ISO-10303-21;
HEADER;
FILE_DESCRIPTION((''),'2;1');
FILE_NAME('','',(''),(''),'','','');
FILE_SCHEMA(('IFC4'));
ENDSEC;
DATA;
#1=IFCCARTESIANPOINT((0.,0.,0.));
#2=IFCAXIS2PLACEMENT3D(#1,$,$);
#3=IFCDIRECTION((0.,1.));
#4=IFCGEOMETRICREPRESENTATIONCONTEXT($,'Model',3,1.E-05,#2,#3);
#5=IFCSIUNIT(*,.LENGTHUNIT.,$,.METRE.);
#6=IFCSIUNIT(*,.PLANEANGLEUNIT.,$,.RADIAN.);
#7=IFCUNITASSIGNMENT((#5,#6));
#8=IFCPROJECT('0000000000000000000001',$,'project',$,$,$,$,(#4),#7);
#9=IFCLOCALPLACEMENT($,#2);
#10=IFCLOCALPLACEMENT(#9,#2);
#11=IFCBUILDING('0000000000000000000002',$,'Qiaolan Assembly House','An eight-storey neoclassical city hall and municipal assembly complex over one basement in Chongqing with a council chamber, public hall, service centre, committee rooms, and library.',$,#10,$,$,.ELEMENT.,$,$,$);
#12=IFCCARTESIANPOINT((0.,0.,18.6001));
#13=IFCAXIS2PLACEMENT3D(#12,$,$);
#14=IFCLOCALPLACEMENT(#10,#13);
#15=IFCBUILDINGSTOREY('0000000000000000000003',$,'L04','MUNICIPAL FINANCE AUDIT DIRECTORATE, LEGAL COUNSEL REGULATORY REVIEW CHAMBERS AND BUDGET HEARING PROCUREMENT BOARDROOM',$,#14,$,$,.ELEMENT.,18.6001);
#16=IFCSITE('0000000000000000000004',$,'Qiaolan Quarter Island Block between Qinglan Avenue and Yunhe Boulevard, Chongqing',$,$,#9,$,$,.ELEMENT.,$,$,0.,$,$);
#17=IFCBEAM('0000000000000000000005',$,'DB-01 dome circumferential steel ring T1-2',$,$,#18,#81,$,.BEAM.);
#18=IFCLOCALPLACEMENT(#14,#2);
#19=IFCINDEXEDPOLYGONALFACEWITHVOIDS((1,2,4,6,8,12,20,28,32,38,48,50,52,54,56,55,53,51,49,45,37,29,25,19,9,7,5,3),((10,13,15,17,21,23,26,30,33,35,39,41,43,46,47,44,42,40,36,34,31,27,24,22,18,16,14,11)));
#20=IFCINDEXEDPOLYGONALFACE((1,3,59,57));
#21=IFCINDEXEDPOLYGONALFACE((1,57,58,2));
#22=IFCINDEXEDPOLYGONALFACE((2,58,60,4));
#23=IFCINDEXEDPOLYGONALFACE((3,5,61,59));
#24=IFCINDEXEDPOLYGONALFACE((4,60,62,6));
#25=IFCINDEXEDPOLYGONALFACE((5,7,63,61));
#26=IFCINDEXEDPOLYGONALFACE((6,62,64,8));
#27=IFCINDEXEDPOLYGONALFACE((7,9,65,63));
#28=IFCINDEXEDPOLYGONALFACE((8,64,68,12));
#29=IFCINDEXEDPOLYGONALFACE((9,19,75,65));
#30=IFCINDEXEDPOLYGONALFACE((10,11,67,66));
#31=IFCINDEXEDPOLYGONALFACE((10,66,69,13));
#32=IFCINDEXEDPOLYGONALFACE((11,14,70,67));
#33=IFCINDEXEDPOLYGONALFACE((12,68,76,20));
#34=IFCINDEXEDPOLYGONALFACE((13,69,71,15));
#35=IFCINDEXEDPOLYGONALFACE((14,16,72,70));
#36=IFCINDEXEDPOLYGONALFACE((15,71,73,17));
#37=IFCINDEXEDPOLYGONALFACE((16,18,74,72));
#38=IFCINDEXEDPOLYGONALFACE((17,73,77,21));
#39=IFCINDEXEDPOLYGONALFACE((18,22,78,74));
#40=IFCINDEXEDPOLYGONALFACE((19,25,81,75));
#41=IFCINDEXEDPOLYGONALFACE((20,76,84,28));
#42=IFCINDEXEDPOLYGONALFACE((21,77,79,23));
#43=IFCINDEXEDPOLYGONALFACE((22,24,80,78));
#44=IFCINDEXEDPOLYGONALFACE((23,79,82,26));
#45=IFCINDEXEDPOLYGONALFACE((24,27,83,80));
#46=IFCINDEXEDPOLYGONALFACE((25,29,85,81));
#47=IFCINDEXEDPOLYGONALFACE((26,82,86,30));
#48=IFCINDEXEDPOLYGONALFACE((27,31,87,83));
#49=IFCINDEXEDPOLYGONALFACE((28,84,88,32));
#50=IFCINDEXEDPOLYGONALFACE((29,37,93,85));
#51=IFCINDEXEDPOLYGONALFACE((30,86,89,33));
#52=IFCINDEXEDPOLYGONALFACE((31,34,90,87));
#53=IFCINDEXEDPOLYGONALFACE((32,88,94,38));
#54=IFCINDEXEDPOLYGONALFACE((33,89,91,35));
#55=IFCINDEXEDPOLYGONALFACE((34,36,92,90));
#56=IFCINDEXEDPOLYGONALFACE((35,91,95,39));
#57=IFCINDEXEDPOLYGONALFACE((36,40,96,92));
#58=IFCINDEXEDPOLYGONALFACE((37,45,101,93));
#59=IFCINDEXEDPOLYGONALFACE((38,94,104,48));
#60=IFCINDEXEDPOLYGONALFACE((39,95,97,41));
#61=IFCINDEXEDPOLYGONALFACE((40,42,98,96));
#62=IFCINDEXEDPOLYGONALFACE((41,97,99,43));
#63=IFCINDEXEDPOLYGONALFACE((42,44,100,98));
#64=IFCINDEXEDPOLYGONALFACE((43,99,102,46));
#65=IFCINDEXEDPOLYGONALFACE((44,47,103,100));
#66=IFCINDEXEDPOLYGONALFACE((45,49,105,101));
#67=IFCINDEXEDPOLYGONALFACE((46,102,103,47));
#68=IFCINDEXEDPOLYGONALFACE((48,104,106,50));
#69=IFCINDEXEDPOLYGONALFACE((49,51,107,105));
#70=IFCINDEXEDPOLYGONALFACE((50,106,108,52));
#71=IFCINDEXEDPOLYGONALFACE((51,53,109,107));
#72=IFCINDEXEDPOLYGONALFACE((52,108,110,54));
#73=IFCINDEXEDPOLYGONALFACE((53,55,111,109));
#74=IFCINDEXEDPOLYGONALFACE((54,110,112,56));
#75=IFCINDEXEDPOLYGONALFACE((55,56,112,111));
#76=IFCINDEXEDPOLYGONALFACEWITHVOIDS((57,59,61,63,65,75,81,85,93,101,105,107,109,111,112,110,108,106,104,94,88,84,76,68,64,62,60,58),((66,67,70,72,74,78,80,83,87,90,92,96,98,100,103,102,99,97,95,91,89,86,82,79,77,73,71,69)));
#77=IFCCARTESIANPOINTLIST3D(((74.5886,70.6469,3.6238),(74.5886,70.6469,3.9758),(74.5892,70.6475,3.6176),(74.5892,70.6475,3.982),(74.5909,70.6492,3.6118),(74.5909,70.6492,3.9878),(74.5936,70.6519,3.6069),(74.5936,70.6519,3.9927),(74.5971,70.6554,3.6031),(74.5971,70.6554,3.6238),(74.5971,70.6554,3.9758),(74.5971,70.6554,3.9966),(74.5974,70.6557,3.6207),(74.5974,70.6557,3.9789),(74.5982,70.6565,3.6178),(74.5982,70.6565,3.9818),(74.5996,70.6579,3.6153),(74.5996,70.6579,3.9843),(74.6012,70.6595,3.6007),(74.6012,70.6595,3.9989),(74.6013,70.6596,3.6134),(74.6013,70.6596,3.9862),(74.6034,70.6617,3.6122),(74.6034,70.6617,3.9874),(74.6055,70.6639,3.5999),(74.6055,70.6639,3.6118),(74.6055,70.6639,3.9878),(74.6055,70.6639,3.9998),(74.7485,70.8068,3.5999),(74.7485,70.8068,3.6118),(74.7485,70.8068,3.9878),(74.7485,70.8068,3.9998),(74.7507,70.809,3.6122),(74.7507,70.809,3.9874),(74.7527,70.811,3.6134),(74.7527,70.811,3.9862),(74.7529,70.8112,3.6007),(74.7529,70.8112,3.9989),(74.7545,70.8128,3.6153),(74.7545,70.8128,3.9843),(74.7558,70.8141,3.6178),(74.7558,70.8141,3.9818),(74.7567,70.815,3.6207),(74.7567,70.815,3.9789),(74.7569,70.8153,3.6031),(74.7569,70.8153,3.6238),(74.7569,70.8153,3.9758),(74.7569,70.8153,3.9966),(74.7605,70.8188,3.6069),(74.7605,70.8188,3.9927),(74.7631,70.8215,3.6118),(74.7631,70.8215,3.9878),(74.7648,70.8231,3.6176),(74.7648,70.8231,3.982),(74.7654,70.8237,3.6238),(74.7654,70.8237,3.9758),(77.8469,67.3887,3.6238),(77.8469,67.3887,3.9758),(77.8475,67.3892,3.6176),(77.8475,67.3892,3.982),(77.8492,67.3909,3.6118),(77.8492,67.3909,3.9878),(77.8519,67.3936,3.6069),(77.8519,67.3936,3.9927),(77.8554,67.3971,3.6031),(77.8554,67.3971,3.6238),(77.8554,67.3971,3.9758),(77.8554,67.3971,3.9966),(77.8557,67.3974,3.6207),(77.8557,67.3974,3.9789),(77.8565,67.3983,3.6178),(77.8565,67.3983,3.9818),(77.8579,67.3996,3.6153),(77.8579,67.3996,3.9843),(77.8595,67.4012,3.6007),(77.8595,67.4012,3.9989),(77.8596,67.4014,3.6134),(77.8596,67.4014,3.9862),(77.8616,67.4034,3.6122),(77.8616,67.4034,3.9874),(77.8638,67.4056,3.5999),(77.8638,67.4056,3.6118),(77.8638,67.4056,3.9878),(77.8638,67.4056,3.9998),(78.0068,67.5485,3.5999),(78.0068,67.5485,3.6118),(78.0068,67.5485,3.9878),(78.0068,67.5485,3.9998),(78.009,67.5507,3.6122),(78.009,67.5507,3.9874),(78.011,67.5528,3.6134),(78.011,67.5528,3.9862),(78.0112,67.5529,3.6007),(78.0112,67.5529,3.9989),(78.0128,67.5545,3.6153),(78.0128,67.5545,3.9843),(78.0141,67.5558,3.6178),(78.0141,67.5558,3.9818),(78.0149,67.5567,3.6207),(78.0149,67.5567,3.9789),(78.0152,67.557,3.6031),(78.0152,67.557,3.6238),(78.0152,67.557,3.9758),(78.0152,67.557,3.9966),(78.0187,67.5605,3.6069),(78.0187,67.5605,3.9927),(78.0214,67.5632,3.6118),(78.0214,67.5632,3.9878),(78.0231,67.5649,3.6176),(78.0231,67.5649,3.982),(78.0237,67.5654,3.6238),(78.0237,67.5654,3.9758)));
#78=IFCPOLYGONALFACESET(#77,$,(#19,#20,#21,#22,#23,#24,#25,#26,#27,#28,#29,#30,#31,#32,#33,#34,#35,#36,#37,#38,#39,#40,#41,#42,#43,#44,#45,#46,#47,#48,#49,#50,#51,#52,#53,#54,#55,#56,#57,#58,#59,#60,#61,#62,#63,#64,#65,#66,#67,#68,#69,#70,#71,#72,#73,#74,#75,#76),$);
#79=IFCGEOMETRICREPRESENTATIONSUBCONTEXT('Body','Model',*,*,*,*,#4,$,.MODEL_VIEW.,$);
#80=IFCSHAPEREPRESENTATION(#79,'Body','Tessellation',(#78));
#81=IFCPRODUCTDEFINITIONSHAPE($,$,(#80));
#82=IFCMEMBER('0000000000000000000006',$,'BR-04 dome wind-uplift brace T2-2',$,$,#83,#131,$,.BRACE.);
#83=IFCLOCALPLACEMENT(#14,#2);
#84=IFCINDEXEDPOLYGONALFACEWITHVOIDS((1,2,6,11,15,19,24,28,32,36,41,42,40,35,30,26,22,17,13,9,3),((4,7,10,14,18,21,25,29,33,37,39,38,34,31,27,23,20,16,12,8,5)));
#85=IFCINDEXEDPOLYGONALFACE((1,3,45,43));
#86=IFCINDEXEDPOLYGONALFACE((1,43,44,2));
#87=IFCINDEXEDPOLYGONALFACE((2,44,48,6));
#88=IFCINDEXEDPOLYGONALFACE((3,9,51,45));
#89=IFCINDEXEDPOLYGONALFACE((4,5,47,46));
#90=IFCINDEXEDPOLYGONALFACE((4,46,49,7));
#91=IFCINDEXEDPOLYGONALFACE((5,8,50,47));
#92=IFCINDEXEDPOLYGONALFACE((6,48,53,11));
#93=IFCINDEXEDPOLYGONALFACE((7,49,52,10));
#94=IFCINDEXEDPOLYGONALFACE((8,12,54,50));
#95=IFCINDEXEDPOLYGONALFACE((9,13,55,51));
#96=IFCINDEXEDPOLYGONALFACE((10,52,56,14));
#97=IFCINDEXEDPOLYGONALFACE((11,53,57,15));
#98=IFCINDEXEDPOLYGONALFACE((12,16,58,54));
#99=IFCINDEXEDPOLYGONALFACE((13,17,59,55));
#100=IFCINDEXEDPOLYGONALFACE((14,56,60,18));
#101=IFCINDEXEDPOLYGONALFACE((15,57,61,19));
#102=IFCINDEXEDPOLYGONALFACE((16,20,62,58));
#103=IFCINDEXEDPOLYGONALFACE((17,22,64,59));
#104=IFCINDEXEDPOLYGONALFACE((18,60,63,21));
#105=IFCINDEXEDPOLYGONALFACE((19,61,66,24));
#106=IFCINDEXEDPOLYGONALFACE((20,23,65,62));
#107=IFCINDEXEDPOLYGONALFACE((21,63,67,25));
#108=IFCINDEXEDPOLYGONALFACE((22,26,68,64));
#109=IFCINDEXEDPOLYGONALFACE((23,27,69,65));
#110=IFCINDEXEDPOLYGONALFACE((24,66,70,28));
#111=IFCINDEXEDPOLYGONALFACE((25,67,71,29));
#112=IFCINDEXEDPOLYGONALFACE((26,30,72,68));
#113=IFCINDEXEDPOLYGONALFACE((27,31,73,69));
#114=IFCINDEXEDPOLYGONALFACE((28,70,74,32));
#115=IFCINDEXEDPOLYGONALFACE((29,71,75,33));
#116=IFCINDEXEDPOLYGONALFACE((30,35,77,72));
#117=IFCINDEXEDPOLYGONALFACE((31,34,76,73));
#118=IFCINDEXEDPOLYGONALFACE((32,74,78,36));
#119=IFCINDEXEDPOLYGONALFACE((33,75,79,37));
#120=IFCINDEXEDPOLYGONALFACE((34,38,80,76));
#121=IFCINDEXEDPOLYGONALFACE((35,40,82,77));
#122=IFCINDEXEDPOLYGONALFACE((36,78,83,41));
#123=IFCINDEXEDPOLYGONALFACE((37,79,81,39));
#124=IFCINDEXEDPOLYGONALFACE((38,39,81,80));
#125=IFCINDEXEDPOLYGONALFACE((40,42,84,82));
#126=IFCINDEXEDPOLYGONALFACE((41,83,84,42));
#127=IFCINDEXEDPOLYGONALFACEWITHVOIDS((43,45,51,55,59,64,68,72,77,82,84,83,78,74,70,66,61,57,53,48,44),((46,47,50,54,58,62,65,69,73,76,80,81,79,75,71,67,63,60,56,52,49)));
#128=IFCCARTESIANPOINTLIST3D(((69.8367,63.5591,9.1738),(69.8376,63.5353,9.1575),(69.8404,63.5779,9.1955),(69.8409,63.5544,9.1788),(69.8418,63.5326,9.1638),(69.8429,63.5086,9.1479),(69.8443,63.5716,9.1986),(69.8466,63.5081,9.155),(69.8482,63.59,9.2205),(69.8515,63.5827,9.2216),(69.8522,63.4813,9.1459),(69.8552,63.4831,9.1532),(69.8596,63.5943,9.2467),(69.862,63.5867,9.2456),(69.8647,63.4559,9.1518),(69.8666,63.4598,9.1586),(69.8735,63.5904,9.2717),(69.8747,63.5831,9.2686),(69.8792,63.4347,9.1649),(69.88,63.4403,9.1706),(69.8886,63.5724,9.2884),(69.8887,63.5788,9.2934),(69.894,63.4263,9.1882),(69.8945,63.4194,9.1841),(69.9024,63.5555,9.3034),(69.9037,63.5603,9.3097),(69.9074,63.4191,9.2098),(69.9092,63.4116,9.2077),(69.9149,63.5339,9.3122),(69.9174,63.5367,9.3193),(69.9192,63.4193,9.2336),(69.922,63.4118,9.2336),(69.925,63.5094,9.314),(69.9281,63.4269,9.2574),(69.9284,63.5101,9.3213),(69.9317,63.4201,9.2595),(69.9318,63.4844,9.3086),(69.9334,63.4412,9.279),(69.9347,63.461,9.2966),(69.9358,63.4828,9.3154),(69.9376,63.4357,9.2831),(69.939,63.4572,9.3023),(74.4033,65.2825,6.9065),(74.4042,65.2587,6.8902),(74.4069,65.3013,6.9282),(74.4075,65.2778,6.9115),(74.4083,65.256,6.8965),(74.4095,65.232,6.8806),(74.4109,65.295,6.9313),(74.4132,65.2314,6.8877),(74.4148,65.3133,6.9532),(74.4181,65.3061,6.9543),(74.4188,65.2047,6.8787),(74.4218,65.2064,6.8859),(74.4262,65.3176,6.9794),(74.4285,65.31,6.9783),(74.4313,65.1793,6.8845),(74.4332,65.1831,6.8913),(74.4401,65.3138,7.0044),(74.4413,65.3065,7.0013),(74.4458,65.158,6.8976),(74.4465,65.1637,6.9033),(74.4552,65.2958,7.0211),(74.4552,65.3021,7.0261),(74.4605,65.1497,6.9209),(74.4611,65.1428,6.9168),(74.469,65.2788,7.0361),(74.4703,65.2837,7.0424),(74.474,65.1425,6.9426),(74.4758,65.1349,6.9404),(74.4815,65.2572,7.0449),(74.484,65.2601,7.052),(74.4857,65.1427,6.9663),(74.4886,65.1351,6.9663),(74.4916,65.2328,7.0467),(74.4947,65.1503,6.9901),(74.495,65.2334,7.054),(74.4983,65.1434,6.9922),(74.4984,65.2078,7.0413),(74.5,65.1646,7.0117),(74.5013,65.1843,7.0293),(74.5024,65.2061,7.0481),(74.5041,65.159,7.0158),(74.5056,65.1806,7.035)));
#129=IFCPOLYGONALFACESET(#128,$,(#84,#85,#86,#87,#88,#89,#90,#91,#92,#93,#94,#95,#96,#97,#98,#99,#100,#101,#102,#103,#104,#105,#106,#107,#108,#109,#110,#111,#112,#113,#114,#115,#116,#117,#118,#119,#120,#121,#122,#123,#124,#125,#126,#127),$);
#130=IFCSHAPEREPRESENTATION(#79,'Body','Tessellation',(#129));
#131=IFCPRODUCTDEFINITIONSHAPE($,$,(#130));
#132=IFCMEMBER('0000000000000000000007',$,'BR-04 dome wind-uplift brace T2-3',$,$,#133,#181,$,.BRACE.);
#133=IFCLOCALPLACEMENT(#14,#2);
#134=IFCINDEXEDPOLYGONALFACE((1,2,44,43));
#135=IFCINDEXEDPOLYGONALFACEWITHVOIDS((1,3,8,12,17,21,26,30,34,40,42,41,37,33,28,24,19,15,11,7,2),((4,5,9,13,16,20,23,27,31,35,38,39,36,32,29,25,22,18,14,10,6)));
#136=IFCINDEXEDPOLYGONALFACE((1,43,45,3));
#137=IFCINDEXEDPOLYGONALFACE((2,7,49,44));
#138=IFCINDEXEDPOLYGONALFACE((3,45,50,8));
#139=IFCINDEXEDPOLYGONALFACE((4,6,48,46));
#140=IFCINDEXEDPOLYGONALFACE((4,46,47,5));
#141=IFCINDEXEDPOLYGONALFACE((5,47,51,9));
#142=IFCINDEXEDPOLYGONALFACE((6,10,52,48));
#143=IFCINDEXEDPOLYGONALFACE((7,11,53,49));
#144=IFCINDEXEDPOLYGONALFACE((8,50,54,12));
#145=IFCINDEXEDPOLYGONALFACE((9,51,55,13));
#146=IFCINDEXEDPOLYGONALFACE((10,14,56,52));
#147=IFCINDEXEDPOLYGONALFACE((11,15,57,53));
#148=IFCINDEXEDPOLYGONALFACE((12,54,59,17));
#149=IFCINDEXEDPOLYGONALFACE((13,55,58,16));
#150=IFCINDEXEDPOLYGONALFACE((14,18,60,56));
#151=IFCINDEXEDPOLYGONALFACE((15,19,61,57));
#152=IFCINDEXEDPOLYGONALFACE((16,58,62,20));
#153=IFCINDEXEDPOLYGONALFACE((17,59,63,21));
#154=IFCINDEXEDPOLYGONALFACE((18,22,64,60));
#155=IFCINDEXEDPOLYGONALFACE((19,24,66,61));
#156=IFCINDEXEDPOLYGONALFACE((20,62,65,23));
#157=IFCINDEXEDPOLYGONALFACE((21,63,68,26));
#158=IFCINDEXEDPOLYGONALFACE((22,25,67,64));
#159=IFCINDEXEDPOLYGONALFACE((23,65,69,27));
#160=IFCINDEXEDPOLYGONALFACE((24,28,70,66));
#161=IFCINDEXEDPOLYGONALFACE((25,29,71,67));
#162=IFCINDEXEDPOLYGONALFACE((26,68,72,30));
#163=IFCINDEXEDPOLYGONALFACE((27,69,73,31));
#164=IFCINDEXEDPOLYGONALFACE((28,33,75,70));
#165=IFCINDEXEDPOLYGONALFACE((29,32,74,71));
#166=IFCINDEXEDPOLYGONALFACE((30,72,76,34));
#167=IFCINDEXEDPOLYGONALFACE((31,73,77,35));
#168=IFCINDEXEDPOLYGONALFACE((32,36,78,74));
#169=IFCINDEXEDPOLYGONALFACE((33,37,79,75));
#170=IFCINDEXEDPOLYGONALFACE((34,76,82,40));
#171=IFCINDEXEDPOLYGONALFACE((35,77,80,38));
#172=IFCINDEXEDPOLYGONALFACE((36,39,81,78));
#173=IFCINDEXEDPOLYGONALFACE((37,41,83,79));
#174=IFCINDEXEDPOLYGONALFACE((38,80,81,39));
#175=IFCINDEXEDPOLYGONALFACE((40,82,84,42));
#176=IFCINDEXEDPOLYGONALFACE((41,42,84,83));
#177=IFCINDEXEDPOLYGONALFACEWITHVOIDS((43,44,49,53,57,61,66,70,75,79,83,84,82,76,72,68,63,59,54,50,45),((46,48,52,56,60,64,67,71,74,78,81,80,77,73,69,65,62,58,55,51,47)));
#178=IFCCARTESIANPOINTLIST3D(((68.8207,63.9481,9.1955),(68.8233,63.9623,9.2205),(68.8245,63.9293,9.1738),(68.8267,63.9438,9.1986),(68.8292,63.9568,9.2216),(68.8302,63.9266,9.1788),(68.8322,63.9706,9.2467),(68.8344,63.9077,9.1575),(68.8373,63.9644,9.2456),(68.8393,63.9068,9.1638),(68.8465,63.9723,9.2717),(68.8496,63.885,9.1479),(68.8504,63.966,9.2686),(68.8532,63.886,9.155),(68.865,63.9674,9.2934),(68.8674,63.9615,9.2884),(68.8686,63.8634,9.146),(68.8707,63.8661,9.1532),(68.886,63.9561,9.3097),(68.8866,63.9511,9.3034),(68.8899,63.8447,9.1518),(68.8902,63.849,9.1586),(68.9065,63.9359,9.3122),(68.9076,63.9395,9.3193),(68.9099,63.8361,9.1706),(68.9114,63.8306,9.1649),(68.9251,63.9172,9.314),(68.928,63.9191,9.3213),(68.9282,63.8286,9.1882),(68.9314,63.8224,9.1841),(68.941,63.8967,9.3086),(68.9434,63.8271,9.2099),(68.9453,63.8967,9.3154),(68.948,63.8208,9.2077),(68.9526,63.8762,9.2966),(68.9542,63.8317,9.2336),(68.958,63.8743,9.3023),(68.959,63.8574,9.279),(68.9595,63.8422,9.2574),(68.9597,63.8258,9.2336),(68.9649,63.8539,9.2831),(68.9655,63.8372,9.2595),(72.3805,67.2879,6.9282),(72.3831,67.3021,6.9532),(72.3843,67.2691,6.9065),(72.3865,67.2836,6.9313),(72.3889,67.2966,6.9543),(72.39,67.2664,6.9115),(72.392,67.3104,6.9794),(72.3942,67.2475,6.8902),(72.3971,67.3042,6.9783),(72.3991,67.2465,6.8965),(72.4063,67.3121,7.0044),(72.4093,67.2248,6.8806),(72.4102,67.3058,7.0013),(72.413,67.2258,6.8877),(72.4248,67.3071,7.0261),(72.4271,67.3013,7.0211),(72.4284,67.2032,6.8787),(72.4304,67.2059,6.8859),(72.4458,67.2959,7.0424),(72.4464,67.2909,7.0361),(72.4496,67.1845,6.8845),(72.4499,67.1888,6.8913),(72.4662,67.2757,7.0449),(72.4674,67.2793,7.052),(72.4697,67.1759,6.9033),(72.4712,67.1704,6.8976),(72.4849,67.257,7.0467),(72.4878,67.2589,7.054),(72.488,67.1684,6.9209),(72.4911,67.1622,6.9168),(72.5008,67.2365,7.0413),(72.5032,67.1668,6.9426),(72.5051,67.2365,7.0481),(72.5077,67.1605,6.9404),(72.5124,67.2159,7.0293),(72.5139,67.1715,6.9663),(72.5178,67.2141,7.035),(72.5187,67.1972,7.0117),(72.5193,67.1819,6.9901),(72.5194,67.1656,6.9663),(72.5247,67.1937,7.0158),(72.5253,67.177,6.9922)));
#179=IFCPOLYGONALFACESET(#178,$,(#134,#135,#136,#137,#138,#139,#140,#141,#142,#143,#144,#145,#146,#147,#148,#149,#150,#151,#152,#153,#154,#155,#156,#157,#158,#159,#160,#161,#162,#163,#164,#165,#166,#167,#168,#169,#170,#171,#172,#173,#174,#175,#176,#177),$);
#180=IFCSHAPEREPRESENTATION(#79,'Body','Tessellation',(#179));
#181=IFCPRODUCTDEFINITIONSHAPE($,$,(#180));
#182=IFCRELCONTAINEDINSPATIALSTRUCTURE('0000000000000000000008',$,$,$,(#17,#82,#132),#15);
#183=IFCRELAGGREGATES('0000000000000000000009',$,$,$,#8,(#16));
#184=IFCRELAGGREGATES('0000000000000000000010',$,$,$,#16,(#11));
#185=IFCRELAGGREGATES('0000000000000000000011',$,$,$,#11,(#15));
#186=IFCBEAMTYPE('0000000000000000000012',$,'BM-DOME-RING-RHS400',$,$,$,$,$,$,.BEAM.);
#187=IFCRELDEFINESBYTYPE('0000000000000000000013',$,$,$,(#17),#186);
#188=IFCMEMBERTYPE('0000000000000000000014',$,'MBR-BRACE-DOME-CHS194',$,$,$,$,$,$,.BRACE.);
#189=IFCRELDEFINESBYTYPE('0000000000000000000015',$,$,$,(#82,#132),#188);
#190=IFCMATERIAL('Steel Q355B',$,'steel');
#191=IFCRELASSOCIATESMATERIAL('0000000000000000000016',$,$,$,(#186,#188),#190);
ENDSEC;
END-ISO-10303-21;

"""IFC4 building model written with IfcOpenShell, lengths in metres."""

from ifc_helpers import new_model, si_unit, direction, frame, origin, origin_2d, place, context, subcontext, project, spatial, hollow_rectangle, hollow_circle, extrude, material, material_profile, profile_set, type_object, element, save


model = new_model("IFC4")

# Units and contexts
model_context = context("Model", 3, precision=1e-05, world=origin(), true_north=direction((0.0, 1.0)))
body_context = subcontext(model_context, "Body", "Model", "MODEL_VIEW")
ifc_project = project(units=[si_unit("LENGTHUNIT", "METRE"), si_unit("PLANEANGLEUNIT", "RADIAN")], contexts=[model_context])

# Site, building, storey
site_placement = place(None, origin())
site = spatial("IfcSite", under=ifc_project, at=site_placement, Name="Qiaolan Quarter Island Block between Qinglan Avenue and Yunhe Boulevard, Chongqing", CompositionType="ELEMENT", RefElevation=0.0)
building_placement = place(site_placement, origin())
building = spatial("IfcBuilding", under=site, at=building_placement, Name="Qiaolan Assembly House", Description="An eight-storey neoclassical city hall and municipal assembly complex over one basement in Chongqing with a council chamber, public hall, service centre, committee rooms, and library.", CompositionType="ELEMENT")
storey_placement = place(building_placement, frame((0.0, 0.0, 18.6001)))
storey = spatial("IfcBuildingStorey", under=building, at=storey_placement, Name="L04", Description="MUNICIPAL FINANCE AUDIT DIRECTORATE, LEGAL COUNSEL REGULATORY REVIEW CHAMBERS AND BUDGET HEARING PROCUREMENT BOARDROOM", CompositionType="ELEMENT", Elevation=18.6001)

# Beam
ifc_material_1 = material(Name="Steel Q355B", Category="steel")
ifc_material_profile_1 = material_profile(ifc_material_1, hollow_rectangle(XDim=0.25, YDim=0.3999, WallThickness=0.012, InnerFilletRadius=0.012, OuterFilletRadius=0.0239, at=origin_2d()), Name="RHS 400x250x12")
ifc_profile_set_1 = profile_set([ifc_material_profile_1], Name="Steel Q355B")
beam_type_1 = type_object("IfcBeamType", Name="BM-DOME-RING-RHS400", PredefinedType="BEAM", material=ifc_profile_set_1)
beam_1_placement = place(storey_placement, frame((77.9353, 67.4771, 3.7998), z_axis=(-0.707107, 0.707107, 0.0), x_axis=(-0.707107, -0.707107, 0.0)))
element("IfcBeam", 1, at=beam_1_placement, inside=storey, type_object=beam_type_1, Name="DB-01 dome circumferential steel ring T1-2", PredefinedType="BEAM", context=body_context, shape_type="SweptSolid", body=[
    extrude(hollow_rectangle(XDim=0.25, YDim=0.3999, WallThickness=0.012, InnerFilletRadius=0.012, OuterFilletRadius=0.0239, at=origin_2d()), origin(), (0.0, 0.0, 1.0), 4.6079),
])

# Members
ifc_material_profile_2 = material_profile(ifc_material_1, hollow_circle(Radius=0.0969, WallThickness=0.0081, at=origin_2d()), Name="CHS 194x8")
ifc_profile_set_2 = profile_set([ifc_material_profile_2], Name="Steel Q355B")
member_type_1 = type_object("IfcMemberType", Name="MBR-BRACE-DOME-CHS194", PredefinedType="BRACE", material=ifc_profile_set_2)
member_1_placement = place(storey_placement, frame((74.4543, 65.2258, 6.9663), z_axis=(-0.848515, -0.320218, 0.421286), x_axis=(0.35308, -0.935593, 0.0)))
element("IfcMember", 2, at=member_1_placement, inside=storey, type_object=member_type_1, Name="BR-04 dome wind-uplift brace T2-2", PredefinedType="BRACE", context=body_context, shape_type="SweptSolid", body=[
    extrude(hollow_circle(Radius=0.0969, WallThickness=0.0081, at=origin_2d()), origin(), (0.0, 0.0, 1.0), 5.3818),
])
member_2_placement = place(storey_placement, frame((72.4531, 67.2363, 6.9663), z_axis=(-0.66141, -0.62054, 0.421268), x_axis=(0.684216, -0.72928, 0.0)))
element("IfcMember", 3, at=member_2_placement, inside=storey, type_object=member_type_1, Name="BR-04 dome wind-uplift brace T2-3", PredefinedType="BRACE", context=body_context, shape_type="SweptSolid", body=[
    extrude(hollow_circle(Radius=0.0969, WallThickness=0.0081, at=origin_2d()), origin(), (0.0, 0.0, 1.0), 5.3821),
])

save(model, "model.ifc")
